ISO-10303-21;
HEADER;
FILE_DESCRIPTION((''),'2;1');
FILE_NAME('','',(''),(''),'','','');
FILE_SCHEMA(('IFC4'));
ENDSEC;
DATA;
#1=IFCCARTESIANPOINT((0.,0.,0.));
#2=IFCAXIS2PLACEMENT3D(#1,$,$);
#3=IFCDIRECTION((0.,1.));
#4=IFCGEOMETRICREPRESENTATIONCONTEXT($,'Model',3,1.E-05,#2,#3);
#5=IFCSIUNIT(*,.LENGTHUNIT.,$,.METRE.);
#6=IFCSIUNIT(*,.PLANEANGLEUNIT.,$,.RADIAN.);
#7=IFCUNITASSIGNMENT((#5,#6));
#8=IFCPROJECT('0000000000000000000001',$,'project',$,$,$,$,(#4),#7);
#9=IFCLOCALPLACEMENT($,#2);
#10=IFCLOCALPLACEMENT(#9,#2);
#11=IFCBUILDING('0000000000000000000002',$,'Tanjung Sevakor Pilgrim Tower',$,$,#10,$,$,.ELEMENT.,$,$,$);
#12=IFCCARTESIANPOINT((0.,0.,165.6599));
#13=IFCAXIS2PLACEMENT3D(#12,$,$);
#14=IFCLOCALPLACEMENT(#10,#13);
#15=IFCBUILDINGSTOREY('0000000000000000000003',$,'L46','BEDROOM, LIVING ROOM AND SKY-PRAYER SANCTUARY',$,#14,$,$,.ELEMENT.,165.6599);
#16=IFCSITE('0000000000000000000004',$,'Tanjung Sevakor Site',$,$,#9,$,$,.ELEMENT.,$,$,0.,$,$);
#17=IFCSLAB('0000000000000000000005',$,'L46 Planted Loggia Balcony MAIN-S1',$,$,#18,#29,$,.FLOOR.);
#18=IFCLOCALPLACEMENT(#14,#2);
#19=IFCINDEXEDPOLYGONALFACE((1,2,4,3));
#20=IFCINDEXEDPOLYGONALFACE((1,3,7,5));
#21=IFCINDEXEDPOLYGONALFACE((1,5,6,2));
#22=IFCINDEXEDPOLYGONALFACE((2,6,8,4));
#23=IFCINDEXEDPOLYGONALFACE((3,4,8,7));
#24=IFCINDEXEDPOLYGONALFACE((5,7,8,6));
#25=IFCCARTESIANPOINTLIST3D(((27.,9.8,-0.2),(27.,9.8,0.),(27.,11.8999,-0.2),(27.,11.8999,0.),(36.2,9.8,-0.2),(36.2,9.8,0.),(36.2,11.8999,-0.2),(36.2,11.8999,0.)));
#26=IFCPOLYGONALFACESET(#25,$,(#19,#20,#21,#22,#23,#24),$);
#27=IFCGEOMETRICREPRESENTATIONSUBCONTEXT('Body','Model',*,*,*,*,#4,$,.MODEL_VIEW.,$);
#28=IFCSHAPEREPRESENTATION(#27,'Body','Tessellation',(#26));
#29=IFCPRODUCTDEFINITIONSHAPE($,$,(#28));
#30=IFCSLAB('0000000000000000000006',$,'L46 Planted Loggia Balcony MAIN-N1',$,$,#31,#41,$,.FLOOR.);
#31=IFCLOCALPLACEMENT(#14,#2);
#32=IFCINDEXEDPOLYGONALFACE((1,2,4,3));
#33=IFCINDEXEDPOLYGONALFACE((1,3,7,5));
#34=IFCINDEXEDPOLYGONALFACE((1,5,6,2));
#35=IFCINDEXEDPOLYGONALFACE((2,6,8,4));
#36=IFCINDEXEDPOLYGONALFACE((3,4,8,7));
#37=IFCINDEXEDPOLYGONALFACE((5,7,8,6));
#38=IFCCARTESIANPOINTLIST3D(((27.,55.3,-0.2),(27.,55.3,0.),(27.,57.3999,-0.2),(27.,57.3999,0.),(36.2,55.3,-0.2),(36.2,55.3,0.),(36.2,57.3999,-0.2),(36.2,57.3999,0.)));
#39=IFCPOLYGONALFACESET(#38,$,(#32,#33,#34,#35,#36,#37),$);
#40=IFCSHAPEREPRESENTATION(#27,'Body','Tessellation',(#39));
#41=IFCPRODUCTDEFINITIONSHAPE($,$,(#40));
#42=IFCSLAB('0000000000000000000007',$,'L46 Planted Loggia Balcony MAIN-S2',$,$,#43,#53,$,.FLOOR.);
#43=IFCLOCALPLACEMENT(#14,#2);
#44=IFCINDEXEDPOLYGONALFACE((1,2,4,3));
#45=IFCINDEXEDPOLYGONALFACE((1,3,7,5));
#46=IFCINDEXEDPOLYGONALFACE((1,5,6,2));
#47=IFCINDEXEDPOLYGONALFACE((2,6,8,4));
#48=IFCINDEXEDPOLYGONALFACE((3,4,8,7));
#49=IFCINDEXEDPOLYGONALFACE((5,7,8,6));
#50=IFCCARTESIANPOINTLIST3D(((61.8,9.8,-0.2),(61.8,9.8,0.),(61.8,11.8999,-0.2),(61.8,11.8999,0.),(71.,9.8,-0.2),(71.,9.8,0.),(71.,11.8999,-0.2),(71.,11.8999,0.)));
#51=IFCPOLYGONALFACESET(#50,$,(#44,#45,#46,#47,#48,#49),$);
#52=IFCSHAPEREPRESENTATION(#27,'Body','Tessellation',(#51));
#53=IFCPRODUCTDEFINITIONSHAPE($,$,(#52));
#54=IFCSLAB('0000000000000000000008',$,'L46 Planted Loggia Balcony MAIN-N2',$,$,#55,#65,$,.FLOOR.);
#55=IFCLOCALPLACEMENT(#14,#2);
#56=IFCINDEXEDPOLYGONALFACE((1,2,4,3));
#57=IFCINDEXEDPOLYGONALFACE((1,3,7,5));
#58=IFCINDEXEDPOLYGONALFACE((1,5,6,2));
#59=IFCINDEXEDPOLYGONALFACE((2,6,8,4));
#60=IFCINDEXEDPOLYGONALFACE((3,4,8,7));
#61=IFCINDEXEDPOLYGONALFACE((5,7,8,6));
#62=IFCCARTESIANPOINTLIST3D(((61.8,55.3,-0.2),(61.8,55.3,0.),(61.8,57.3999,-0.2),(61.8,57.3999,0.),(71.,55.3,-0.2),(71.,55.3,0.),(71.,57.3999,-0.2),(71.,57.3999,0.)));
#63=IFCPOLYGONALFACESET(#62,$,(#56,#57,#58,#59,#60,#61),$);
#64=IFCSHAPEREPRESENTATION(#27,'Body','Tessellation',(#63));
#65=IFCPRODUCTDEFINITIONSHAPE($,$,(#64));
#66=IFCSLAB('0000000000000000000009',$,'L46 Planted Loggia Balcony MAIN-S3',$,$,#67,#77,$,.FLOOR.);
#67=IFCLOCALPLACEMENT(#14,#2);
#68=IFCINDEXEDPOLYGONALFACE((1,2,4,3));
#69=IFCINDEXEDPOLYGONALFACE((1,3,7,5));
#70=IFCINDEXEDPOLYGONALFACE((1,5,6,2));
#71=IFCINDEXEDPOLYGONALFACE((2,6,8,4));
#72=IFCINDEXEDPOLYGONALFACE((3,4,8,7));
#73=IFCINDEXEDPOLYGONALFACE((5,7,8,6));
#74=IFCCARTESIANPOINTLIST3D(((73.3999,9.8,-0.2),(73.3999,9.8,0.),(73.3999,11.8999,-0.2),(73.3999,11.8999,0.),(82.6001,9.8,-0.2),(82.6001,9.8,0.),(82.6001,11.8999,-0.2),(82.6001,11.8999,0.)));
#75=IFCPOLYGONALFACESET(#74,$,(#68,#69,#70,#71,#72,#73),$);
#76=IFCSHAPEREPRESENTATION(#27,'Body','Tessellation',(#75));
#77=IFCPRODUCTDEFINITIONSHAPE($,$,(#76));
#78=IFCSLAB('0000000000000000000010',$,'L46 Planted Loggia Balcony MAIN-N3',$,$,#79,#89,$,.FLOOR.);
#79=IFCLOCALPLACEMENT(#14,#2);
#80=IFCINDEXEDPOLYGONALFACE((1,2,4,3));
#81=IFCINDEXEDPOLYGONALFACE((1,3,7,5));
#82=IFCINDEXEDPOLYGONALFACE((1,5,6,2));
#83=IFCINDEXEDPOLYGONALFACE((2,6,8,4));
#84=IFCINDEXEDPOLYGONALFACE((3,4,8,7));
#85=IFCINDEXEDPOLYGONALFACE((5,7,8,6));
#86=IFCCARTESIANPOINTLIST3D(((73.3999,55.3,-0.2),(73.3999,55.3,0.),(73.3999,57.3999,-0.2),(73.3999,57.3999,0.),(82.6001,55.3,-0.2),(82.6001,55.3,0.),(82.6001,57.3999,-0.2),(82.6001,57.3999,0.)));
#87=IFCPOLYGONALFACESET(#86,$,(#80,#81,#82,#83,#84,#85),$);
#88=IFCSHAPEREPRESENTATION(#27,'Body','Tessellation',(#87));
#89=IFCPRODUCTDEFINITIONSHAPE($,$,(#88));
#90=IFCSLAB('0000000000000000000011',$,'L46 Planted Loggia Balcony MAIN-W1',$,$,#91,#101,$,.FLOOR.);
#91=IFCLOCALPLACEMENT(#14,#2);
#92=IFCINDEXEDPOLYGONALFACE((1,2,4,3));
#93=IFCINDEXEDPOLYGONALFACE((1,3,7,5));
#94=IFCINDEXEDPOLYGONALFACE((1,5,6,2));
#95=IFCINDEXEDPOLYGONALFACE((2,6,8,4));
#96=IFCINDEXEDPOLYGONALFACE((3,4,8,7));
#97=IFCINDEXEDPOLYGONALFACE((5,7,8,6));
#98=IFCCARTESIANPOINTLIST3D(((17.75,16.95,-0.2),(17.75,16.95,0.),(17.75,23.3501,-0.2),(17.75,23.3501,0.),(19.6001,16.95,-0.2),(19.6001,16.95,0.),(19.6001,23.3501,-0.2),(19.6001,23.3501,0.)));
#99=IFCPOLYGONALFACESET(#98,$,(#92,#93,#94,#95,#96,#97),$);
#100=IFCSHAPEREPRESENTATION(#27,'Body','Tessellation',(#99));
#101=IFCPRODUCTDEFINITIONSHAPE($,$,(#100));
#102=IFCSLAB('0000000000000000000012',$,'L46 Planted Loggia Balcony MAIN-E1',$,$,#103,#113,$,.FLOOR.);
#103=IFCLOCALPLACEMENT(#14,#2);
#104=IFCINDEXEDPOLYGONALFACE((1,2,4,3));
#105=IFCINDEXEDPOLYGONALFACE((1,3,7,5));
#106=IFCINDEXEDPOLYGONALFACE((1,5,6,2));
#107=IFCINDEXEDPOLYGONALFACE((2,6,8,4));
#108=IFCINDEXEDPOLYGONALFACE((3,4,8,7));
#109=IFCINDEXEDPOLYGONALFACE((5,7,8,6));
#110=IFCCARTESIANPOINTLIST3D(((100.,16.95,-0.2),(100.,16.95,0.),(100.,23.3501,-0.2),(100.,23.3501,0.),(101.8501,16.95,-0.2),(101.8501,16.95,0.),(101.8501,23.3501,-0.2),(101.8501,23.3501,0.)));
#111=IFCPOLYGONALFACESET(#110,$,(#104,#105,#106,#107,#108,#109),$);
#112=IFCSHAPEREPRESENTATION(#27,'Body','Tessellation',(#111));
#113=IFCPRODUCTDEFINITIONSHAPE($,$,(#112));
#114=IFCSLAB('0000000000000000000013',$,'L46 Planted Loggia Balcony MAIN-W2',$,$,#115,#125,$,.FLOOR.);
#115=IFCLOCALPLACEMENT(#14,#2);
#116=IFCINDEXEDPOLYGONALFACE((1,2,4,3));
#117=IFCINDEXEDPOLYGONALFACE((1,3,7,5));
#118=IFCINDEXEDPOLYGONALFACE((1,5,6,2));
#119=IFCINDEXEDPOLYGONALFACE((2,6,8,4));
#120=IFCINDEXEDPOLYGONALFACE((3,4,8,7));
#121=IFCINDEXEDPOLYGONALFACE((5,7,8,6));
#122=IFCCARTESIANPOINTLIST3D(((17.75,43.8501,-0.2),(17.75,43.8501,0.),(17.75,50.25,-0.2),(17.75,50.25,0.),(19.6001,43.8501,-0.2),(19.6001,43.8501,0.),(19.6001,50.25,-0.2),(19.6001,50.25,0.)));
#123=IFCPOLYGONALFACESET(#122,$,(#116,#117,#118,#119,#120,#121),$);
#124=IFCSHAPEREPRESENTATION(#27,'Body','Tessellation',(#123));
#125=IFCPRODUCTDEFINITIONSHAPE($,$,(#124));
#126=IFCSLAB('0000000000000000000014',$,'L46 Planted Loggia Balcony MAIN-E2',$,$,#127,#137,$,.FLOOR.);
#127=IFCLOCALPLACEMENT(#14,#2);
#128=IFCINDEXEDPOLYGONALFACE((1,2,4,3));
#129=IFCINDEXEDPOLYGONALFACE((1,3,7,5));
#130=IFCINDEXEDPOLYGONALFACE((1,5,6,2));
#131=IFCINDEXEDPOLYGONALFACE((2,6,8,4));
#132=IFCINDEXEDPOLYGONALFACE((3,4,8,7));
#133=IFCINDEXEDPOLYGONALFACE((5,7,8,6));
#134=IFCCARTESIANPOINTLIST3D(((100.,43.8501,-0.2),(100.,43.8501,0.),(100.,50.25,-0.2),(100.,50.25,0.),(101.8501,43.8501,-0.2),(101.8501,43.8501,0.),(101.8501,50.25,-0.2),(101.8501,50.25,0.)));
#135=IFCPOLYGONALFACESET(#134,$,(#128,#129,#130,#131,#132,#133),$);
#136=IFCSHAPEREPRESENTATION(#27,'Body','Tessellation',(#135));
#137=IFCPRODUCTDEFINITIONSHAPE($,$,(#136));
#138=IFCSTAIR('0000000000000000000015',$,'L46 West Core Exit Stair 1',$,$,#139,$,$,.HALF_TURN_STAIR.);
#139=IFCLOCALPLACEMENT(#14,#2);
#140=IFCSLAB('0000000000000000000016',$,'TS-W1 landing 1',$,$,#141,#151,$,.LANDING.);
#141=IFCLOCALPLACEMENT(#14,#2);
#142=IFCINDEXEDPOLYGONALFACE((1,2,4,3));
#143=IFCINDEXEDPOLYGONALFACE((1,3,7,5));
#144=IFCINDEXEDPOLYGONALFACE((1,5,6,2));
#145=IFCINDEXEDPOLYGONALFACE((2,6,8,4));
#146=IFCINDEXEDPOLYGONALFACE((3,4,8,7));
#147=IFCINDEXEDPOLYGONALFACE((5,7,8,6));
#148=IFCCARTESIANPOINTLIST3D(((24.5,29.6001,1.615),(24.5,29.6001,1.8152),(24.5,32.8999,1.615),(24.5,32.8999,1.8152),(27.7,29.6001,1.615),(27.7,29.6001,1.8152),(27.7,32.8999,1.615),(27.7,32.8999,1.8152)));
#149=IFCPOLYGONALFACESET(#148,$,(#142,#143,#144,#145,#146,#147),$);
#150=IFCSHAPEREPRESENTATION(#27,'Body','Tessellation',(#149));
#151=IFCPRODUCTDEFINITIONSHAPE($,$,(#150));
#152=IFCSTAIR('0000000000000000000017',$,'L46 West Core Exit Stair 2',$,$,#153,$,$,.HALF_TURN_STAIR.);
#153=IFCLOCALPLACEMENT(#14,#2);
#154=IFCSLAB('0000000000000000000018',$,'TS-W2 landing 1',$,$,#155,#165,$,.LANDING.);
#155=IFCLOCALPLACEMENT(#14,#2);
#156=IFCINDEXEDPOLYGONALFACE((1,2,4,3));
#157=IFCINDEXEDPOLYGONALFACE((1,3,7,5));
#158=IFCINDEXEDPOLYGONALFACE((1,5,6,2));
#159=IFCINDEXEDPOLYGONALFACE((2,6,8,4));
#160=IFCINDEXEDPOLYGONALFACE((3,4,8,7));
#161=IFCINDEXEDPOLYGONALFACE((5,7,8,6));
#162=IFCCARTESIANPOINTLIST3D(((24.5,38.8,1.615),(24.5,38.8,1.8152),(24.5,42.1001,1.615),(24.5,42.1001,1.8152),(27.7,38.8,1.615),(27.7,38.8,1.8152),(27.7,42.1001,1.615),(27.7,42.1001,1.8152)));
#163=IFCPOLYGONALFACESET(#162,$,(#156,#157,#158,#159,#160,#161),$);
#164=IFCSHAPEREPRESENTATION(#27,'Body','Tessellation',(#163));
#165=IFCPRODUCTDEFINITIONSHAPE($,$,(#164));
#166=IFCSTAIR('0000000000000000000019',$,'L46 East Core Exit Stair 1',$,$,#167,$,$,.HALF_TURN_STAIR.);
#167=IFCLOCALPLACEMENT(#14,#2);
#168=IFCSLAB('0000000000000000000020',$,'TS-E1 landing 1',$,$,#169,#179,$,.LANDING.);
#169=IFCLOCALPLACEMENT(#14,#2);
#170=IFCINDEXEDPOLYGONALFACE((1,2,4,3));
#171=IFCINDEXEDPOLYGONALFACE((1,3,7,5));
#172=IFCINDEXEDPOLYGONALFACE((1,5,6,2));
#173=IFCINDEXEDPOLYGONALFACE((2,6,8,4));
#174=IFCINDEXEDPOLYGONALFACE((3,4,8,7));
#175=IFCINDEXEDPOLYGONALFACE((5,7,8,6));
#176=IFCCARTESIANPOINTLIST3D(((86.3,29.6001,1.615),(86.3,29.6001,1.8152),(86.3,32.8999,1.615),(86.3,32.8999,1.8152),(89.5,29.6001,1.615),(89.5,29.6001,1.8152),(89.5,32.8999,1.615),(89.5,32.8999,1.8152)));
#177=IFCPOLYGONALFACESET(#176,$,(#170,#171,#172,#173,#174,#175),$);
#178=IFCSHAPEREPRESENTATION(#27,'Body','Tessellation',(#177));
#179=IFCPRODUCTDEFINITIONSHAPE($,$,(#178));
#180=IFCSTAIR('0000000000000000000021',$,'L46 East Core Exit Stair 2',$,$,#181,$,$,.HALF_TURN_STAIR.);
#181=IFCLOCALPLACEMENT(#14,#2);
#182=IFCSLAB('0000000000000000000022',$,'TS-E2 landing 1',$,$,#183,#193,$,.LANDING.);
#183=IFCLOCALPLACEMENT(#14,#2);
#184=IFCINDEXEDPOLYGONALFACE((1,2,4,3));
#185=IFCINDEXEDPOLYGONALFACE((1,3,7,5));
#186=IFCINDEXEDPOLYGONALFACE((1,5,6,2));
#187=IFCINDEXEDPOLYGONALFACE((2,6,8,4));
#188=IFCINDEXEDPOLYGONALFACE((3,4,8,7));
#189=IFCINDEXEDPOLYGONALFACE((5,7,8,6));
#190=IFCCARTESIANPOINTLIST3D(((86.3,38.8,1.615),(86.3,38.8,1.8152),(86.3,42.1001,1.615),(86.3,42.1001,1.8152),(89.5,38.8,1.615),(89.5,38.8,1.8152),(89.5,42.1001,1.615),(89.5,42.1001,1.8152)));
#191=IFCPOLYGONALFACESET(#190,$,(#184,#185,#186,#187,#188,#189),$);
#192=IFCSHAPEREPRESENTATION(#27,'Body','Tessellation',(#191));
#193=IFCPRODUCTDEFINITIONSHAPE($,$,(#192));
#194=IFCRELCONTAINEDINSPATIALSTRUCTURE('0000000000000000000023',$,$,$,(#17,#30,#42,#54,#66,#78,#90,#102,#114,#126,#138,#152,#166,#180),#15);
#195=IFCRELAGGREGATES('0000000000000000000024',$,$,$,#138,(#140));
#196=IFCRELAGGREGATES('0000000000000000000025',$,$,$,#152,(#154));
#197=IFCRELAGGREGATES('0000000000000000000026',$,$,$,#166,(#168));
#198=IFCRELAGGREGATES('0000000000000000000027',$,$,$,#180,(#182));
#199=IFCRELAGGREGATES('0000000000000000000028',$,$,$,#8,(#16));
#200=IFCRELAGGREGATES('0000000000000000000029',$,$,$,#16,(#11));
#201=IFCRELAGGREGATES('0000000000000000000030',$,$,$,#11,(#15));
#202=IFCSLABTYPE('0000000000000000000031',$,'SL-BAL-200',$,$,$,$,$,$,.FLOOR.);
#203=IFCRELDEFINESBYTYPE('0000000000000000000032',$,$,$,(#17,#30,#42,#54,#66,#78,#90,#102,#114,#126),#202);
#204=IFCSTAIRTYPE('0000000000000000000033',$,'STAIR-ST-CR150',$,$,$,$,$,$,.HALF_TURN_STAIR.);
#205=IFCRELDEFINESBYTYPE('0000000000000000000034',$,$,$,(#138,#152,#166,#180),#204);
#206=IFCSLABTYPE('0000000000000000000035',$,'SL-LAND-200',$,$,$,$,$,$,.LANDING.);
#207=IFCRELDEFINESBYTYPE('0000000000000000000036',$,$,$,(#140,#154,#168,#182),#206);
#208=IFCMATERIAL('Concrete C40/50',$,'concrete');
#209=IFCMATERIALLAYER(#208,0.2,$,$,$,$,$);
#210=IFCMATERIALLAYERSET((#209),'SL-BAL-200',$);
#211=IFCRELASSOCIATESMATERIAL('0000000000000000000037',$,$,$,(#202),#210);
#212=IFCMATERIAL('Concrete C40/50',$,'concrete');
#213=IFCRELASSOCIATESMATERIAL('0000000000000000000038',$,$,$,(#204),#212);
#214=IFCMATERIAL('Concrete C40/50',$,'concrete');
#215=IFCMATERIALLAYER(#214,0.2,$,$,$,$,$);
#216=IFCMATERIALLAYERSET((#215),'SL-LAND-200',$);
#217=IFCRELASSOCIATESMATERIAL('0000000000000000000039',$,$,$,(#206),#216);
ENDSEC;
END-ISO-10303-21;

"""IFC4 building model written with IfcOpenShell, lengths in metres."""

from ifc_helpers import new_model, si_unit, direction, frame, origin, place, context, subcontext, project, spatial, polyline, outline, extrude, material, layer, layer_set, type_object, element, aggregate, save


model = new_model("IFC4")

# Units and contexts
model_context = context("Model", 3, precision=1e-05, world=origin(), true_north=direction((0.0, 1.0)))
body_context = subcontext(model_context, "Body", "Model", "MODEL_VIEW")
ifc_project = project(units=[si_unit("LENGTHUNIT", "METRE"), si_unit("PLANEANGLEUNIT", "RADIAN")], contexts=[model_context])

# Site, building, storey
site_placement = place(None, origin())
site = spatial("IfcSite", under=ifc_project, at=site_placement, Name="Tanjung Sevakor Site", CompositionType="ELEMENT", RefElevation=0.0)
building_placement = place(site_placement, origin())
building = spatial("IfcBuilding", under=site, at=building_placement, Name="Tanjung Sevakor Pilgrim Tower", CompositionType="ELEMENT")
storey_placement = place(building_placement, frame((0.0, 0.0, 165.6599)))
storey = spatial("IfcBuildingStorey", under=building, at=storey_placement, Name="L46", Description="BEDROOM, LIVING ROOM AND SKY-PRAYER SANCTUARY", CompositionType="ELEMENT", Elevation=165.6599)

# Slabs
ifc_material_1 = material(Name="Concrete C40/50", Category="concrete")
ifc_layer_1 = layer(ifc_material_1, 0.2)
ifc_layer_set_1 = layer_set([ifc_layer_1], Name="SL-BAL-200")
slab_type_1 = type_object("IfcSlabType", Name="SL-BAL-200", PredefinedType="FLOOR", material=ifc_layer_set_1)
slab_1_placement = place(storey_placement, frame((0.0, 0.0, -0.2)))
element("IfcSlab", 1, at=slab_1_placement, inside=storey, type_object=slab_type_1, Name="L46 Planted Loggia Balcony MAIN-S1", PredefinedType="FLOOR", context=body_context, shape_type="SweptSolid", body=[
    extrude(outline(polyline([(27.0, 9.8), (36.2, 9.8), (36.2, 11.8999), (27.0, 11.8999), (27.0, 9.8)])), origin(), (0.0, 0.0, 1.0), 0.2),
])
slab_2_placement = place(storey_placement, frame((0.0, 0.0, -0.2)))
element("IfcSlab", 2, at=slab_2_placement, inside=storey, type_object=slab_type_1, Name="L46 Planted Loggia Balcony MAIN-N1", PredefinedType="FLOOR", context=body_context, shape_type="SweptSolid", body=[
    extrude(outline(polyline([(27.0, 55.3), (36.2, 55.3), (36.2, 57.3999), (27.0, 57.3999), (27.0, 55.3)])), origin(), (0.0, 0.0, 1.0), 0.2),
])
slab_3_placement = place(storey_placement, frame((0.0, 0.0, -0.2)))
element("IfcSlab", 3, at=slab_3_placement, inside=storey, type_object=slab_type_1, Name="L46 Planted Loggia Balcony MAIN-S2", PredefinedType="FLOOR", context=body_context, shape_type="SweptSolid", body=[
    extrude(outline(polyline([(61.8, 9.8), (71.0, 9.8), (71.0, 11.8999), (61.8, 11.8999), (61.8, 9.8)])), origin(), (0.0, 0.0, 1.0), 0.2),
])
slab_4_placement = place(storey_placement, frame((0.0, 0.0, -0.2)))
element("IfcSlab", 4, at=slab_4_placement, inside=storey, type_object=slab_type_1, Name="L46 Planted Loggia Balcony MAIN-N2", PredefinedType="FLOOR", context=body_context, shape_type="SweptSolid", body=[
    extrude(outline(polyline([(61.8, 55.3), (71.0, 55.3), (71.0, 57.3999), (61.8, 57.3999), (61.8, 55.3)])), origin(), (0.0, 0.0, 1.0), 0.2),
])
slab_5_placement = place(storey_placement, frame((0.0, 0.0, -0.2)))
element("IfcSlab", 5, at=slab_5_placement, inside=storey, type_object=slab_type_1, Name="L46 Planted Loggia Balcony MAIN-S3", PredefinedType="FLOOR", context=body_context, shape_type="SweptSolid", body=[
    extrude(outline(polyline([(73.3999, 9.8), (82.6001, 9.8), (82.6001, 11.8999), (73.3999, 11.8999), (73.3999, 9.8)])), origin(), (0.0, 0.0, 1.0), 0.2),
])
slab_6_placement = place(storey_placement, frame((0.0, 0.0, -0.2)))
element("IfcSlab", 6, at=slab_6_placement, inside=storey, type_object=slab_type_1, Name="L46 Planted Loggia Balcony MAIN-N3", PredefinedType="FLOOR", context=body_context, shape_type="SweptSolid", body=[
    extrude(outline(polyline([(73.3999, 55.3), (82.6001, 55.3), (82.6001, 57.3999), (73.3999, 57.3999), (73.3999, 55.3)])), origin(), (0.0, 0.0, 1.0), 0.2),
])
slab_7_placement = place(storey_placement, frame((0.0, 0.0, -0.2)))
element("IfcSlab", 7, at=slab_7_placement, inside=storey, type_object=slab_type_1, Name="L46 Planted Loggia Balcony MAIN-W1", PredefinedType="FLOOR", context=body_context, shape_type="SweptSolid", body=[
    extrude(outline(polyline([(17.75, 16.95), (19.6001, 16.95), (19.6001, 23.3501), (17.75, 23.3501), (17.75, 16.95)])), origin(), (0.0, 0.0, 1.0), 0.2),
])
slab_8_placement = place(storey_placement, frame((0.0, 0.0, -0.2)))
element("IfcSlab", 8, at=slab_8_placement, inside=storey, type_object=slab_type_1, Name="L46 Planted Loggia Balcony MAIN-E1", PredefinedType="FLOOR", context=body_context, shape_type="SweptSolid", body=[
    extrude(outline(polyline([(100.0, 16.95), (101.8501, 16.95), (101.8501, 23.3501), (100.0, 23.3501), (100.0, 16.95)])), origin(), (0.0, 0.0, 1.0), 0.2),
])
slab_9_placement = place(storey_placement, frame((0.0, 0.0, -0.2)))
element("IfcSlab", 9, at=slab_9_placement, inside=storey, type_object=slab_type_1, Name="L46 Planted Loggia Balcony MAIN-W2", PredefinedType="FLOOR", context=body_context, shape_type="SweptSolid", body=[
    extrude(outline(polyline([(17.75, 43.8501), (19.6001, 43.8501), (19.6001, 50.25), (17.75, 50.25), (17.75, 43.8501)])), origin(), (0.0, 0.0, 1.0), 0.2),
])
slab_10_placement = place(storey_placement, frame((0.0, 0.0, -0.2)))
element("IfcSlab", 10, at=slab_10_placement, inside=storey, type_object=slab_type_1, Name="L46 Planted Loggia Balcony MAIN-E2", PredefinedType="FLOOR", context=body_context, shape_type="SweptSolid", body=[
    extrude(outline(polyline([(100.0, 43.8501), (101.8501, 43.8501), (101.8501, 50.25), (100.0, 50.25), (100.0, 43.8501)])), origin(), (0.0, 0.0, 1.0), 0.2),
])

# Stairs, slabs
ifc_material_2 = material(Name="Concrete C40/50", Category="concrete")
stair_type = type_object("IfcStairType", Name="STAIR-ST-CR150", PredefinedType="HALF_TURN_STAIR", material=ifc_material_2)
stair_1_placement = place(storey_placement, origin())
stair_1 = element("IfcStair", 11, at=stair_1_placement, inside=storey, type_object=stair_type, Name="L46 West Core Exit Stair 1", PredefinedType="HALF_TURN_STAIR")
ifc_material_3 = material(Name="Concrete C40/50", Category="concrete")
ifc_layer_2 = layer(ifc_material_3, 0.2)
ifc_layer_set_2 = layer_set([ifc_layer_2], Name="SL-LAND-200")
slab_type_2 = type_object("IfcSlabType", Name="SL-LAND-200", PredefinedType="LANDING", material=ifc_layer_set_2)
slab_11_placement = place(storey_placement, frame((0.0, 0.0, 1.615)))
slab_11 = element("IfcSlab", 12, at=slab_11_placement, type_object=slab_type_2, Name="TS-W1 landing 1", PredefinedType="LANDING", context=body_context, shape_type="SweptSolid", body=[
    extrude(outline(polyline([(27.7, 29.6001), (27.7, 32.8999), (24.5, 32.8999), (24.5, 29.6001), (27.7, 29.6001)])), origin(), (0.0, 0.0, 1.0), 0.2002),
])
aggregate(stair_1, [slab_11])
stair_2_placement = place(storey_placement, origin())
stair_2 = element("IfcStair", 13, at=stair_2_placement, inside=storey, type_object=stair_type, Name="L46 West Core Exit Stair 2", PredefinedType="HALF_TURN_STAIR")
slab_12_placement = place(storey_placement, frame((0.0, 0.0, 1.615)))
slab_12 = element("IfcSlab", 14, at=slab_12_placement, type_object=slab_type_2, Name="TS-W2 landing 1", PredefinedType="LANDING", context=body_context, shape_type="SweptSolid", body=[
    extrude(outline(polyline([(27.7, 38.8), (27.7, 42.1001), (24.5, 42.1001), (24.5, 38.8), (27.7, 38.8)])), origin(), (0.0, 0.0, 1.0), 0.2002),
])
aggregate(stair_2, [slab_12])
stair_3_placement = place(storey_placement, origin())
stair_3 = element("IfcStair", 15, at=stair_3_placement, inside=storey, type_object=stair_type, Name="L46 East Core Exit Stair 1", PredefinedType="HALF_TURN_STAIR")
slab_13_placement = place(storey_placement, frame((0.0, 0.0, 1.615)))
slab_13 = element("IfcSlab", 16, at=slab_13_placement, type_object=slab_type_2, Name="TS-E1 landing 1", PredefinedType="LANDING", context=body_context, shape_type="SweptSolid", body=[
    extrude(outline(polyline([(89.5, 29.6001), (89.5, 32.8999), (86.3, 32.8999), (86.3, 29.6001), (89.5, 29.6001)])), origin(), (0.0, 0.0, 1.0), 0.2002),
])
aggregate(stair_3, [slab_13])
stair_4_placement = place(storey_placement, origin())
stair_4 = element("IfcStair", 17, at=stair_4_placement, inside=storey, type_object=stair_type, Name="L46 East Core Exit Stair 2", PredefinedType="HALF_TURN_STAIR")
slab_14_placement = place(storey_placement, frame((0.0, 0.0, 1.615)))
slab_14 = element("IfcSlab", 18, at=slab_14_placement, type_object=slab_type_2, Name="TS-E2 landing 1", PredefinedType="LANDING", context=body_context, shape_type="SweptSolid", body=[
    extrude(outline(polyline([(89.5, 38.8), (89.5, 42.1001), (86.3, 42.1001), (86.3, 38.8), (89.5, 38.8)])), origin(), (0.0, 0.0, 1.0), 0.2002),
])
aggregate(stair_4, [slab_14])

save(model, "model.ifc")
